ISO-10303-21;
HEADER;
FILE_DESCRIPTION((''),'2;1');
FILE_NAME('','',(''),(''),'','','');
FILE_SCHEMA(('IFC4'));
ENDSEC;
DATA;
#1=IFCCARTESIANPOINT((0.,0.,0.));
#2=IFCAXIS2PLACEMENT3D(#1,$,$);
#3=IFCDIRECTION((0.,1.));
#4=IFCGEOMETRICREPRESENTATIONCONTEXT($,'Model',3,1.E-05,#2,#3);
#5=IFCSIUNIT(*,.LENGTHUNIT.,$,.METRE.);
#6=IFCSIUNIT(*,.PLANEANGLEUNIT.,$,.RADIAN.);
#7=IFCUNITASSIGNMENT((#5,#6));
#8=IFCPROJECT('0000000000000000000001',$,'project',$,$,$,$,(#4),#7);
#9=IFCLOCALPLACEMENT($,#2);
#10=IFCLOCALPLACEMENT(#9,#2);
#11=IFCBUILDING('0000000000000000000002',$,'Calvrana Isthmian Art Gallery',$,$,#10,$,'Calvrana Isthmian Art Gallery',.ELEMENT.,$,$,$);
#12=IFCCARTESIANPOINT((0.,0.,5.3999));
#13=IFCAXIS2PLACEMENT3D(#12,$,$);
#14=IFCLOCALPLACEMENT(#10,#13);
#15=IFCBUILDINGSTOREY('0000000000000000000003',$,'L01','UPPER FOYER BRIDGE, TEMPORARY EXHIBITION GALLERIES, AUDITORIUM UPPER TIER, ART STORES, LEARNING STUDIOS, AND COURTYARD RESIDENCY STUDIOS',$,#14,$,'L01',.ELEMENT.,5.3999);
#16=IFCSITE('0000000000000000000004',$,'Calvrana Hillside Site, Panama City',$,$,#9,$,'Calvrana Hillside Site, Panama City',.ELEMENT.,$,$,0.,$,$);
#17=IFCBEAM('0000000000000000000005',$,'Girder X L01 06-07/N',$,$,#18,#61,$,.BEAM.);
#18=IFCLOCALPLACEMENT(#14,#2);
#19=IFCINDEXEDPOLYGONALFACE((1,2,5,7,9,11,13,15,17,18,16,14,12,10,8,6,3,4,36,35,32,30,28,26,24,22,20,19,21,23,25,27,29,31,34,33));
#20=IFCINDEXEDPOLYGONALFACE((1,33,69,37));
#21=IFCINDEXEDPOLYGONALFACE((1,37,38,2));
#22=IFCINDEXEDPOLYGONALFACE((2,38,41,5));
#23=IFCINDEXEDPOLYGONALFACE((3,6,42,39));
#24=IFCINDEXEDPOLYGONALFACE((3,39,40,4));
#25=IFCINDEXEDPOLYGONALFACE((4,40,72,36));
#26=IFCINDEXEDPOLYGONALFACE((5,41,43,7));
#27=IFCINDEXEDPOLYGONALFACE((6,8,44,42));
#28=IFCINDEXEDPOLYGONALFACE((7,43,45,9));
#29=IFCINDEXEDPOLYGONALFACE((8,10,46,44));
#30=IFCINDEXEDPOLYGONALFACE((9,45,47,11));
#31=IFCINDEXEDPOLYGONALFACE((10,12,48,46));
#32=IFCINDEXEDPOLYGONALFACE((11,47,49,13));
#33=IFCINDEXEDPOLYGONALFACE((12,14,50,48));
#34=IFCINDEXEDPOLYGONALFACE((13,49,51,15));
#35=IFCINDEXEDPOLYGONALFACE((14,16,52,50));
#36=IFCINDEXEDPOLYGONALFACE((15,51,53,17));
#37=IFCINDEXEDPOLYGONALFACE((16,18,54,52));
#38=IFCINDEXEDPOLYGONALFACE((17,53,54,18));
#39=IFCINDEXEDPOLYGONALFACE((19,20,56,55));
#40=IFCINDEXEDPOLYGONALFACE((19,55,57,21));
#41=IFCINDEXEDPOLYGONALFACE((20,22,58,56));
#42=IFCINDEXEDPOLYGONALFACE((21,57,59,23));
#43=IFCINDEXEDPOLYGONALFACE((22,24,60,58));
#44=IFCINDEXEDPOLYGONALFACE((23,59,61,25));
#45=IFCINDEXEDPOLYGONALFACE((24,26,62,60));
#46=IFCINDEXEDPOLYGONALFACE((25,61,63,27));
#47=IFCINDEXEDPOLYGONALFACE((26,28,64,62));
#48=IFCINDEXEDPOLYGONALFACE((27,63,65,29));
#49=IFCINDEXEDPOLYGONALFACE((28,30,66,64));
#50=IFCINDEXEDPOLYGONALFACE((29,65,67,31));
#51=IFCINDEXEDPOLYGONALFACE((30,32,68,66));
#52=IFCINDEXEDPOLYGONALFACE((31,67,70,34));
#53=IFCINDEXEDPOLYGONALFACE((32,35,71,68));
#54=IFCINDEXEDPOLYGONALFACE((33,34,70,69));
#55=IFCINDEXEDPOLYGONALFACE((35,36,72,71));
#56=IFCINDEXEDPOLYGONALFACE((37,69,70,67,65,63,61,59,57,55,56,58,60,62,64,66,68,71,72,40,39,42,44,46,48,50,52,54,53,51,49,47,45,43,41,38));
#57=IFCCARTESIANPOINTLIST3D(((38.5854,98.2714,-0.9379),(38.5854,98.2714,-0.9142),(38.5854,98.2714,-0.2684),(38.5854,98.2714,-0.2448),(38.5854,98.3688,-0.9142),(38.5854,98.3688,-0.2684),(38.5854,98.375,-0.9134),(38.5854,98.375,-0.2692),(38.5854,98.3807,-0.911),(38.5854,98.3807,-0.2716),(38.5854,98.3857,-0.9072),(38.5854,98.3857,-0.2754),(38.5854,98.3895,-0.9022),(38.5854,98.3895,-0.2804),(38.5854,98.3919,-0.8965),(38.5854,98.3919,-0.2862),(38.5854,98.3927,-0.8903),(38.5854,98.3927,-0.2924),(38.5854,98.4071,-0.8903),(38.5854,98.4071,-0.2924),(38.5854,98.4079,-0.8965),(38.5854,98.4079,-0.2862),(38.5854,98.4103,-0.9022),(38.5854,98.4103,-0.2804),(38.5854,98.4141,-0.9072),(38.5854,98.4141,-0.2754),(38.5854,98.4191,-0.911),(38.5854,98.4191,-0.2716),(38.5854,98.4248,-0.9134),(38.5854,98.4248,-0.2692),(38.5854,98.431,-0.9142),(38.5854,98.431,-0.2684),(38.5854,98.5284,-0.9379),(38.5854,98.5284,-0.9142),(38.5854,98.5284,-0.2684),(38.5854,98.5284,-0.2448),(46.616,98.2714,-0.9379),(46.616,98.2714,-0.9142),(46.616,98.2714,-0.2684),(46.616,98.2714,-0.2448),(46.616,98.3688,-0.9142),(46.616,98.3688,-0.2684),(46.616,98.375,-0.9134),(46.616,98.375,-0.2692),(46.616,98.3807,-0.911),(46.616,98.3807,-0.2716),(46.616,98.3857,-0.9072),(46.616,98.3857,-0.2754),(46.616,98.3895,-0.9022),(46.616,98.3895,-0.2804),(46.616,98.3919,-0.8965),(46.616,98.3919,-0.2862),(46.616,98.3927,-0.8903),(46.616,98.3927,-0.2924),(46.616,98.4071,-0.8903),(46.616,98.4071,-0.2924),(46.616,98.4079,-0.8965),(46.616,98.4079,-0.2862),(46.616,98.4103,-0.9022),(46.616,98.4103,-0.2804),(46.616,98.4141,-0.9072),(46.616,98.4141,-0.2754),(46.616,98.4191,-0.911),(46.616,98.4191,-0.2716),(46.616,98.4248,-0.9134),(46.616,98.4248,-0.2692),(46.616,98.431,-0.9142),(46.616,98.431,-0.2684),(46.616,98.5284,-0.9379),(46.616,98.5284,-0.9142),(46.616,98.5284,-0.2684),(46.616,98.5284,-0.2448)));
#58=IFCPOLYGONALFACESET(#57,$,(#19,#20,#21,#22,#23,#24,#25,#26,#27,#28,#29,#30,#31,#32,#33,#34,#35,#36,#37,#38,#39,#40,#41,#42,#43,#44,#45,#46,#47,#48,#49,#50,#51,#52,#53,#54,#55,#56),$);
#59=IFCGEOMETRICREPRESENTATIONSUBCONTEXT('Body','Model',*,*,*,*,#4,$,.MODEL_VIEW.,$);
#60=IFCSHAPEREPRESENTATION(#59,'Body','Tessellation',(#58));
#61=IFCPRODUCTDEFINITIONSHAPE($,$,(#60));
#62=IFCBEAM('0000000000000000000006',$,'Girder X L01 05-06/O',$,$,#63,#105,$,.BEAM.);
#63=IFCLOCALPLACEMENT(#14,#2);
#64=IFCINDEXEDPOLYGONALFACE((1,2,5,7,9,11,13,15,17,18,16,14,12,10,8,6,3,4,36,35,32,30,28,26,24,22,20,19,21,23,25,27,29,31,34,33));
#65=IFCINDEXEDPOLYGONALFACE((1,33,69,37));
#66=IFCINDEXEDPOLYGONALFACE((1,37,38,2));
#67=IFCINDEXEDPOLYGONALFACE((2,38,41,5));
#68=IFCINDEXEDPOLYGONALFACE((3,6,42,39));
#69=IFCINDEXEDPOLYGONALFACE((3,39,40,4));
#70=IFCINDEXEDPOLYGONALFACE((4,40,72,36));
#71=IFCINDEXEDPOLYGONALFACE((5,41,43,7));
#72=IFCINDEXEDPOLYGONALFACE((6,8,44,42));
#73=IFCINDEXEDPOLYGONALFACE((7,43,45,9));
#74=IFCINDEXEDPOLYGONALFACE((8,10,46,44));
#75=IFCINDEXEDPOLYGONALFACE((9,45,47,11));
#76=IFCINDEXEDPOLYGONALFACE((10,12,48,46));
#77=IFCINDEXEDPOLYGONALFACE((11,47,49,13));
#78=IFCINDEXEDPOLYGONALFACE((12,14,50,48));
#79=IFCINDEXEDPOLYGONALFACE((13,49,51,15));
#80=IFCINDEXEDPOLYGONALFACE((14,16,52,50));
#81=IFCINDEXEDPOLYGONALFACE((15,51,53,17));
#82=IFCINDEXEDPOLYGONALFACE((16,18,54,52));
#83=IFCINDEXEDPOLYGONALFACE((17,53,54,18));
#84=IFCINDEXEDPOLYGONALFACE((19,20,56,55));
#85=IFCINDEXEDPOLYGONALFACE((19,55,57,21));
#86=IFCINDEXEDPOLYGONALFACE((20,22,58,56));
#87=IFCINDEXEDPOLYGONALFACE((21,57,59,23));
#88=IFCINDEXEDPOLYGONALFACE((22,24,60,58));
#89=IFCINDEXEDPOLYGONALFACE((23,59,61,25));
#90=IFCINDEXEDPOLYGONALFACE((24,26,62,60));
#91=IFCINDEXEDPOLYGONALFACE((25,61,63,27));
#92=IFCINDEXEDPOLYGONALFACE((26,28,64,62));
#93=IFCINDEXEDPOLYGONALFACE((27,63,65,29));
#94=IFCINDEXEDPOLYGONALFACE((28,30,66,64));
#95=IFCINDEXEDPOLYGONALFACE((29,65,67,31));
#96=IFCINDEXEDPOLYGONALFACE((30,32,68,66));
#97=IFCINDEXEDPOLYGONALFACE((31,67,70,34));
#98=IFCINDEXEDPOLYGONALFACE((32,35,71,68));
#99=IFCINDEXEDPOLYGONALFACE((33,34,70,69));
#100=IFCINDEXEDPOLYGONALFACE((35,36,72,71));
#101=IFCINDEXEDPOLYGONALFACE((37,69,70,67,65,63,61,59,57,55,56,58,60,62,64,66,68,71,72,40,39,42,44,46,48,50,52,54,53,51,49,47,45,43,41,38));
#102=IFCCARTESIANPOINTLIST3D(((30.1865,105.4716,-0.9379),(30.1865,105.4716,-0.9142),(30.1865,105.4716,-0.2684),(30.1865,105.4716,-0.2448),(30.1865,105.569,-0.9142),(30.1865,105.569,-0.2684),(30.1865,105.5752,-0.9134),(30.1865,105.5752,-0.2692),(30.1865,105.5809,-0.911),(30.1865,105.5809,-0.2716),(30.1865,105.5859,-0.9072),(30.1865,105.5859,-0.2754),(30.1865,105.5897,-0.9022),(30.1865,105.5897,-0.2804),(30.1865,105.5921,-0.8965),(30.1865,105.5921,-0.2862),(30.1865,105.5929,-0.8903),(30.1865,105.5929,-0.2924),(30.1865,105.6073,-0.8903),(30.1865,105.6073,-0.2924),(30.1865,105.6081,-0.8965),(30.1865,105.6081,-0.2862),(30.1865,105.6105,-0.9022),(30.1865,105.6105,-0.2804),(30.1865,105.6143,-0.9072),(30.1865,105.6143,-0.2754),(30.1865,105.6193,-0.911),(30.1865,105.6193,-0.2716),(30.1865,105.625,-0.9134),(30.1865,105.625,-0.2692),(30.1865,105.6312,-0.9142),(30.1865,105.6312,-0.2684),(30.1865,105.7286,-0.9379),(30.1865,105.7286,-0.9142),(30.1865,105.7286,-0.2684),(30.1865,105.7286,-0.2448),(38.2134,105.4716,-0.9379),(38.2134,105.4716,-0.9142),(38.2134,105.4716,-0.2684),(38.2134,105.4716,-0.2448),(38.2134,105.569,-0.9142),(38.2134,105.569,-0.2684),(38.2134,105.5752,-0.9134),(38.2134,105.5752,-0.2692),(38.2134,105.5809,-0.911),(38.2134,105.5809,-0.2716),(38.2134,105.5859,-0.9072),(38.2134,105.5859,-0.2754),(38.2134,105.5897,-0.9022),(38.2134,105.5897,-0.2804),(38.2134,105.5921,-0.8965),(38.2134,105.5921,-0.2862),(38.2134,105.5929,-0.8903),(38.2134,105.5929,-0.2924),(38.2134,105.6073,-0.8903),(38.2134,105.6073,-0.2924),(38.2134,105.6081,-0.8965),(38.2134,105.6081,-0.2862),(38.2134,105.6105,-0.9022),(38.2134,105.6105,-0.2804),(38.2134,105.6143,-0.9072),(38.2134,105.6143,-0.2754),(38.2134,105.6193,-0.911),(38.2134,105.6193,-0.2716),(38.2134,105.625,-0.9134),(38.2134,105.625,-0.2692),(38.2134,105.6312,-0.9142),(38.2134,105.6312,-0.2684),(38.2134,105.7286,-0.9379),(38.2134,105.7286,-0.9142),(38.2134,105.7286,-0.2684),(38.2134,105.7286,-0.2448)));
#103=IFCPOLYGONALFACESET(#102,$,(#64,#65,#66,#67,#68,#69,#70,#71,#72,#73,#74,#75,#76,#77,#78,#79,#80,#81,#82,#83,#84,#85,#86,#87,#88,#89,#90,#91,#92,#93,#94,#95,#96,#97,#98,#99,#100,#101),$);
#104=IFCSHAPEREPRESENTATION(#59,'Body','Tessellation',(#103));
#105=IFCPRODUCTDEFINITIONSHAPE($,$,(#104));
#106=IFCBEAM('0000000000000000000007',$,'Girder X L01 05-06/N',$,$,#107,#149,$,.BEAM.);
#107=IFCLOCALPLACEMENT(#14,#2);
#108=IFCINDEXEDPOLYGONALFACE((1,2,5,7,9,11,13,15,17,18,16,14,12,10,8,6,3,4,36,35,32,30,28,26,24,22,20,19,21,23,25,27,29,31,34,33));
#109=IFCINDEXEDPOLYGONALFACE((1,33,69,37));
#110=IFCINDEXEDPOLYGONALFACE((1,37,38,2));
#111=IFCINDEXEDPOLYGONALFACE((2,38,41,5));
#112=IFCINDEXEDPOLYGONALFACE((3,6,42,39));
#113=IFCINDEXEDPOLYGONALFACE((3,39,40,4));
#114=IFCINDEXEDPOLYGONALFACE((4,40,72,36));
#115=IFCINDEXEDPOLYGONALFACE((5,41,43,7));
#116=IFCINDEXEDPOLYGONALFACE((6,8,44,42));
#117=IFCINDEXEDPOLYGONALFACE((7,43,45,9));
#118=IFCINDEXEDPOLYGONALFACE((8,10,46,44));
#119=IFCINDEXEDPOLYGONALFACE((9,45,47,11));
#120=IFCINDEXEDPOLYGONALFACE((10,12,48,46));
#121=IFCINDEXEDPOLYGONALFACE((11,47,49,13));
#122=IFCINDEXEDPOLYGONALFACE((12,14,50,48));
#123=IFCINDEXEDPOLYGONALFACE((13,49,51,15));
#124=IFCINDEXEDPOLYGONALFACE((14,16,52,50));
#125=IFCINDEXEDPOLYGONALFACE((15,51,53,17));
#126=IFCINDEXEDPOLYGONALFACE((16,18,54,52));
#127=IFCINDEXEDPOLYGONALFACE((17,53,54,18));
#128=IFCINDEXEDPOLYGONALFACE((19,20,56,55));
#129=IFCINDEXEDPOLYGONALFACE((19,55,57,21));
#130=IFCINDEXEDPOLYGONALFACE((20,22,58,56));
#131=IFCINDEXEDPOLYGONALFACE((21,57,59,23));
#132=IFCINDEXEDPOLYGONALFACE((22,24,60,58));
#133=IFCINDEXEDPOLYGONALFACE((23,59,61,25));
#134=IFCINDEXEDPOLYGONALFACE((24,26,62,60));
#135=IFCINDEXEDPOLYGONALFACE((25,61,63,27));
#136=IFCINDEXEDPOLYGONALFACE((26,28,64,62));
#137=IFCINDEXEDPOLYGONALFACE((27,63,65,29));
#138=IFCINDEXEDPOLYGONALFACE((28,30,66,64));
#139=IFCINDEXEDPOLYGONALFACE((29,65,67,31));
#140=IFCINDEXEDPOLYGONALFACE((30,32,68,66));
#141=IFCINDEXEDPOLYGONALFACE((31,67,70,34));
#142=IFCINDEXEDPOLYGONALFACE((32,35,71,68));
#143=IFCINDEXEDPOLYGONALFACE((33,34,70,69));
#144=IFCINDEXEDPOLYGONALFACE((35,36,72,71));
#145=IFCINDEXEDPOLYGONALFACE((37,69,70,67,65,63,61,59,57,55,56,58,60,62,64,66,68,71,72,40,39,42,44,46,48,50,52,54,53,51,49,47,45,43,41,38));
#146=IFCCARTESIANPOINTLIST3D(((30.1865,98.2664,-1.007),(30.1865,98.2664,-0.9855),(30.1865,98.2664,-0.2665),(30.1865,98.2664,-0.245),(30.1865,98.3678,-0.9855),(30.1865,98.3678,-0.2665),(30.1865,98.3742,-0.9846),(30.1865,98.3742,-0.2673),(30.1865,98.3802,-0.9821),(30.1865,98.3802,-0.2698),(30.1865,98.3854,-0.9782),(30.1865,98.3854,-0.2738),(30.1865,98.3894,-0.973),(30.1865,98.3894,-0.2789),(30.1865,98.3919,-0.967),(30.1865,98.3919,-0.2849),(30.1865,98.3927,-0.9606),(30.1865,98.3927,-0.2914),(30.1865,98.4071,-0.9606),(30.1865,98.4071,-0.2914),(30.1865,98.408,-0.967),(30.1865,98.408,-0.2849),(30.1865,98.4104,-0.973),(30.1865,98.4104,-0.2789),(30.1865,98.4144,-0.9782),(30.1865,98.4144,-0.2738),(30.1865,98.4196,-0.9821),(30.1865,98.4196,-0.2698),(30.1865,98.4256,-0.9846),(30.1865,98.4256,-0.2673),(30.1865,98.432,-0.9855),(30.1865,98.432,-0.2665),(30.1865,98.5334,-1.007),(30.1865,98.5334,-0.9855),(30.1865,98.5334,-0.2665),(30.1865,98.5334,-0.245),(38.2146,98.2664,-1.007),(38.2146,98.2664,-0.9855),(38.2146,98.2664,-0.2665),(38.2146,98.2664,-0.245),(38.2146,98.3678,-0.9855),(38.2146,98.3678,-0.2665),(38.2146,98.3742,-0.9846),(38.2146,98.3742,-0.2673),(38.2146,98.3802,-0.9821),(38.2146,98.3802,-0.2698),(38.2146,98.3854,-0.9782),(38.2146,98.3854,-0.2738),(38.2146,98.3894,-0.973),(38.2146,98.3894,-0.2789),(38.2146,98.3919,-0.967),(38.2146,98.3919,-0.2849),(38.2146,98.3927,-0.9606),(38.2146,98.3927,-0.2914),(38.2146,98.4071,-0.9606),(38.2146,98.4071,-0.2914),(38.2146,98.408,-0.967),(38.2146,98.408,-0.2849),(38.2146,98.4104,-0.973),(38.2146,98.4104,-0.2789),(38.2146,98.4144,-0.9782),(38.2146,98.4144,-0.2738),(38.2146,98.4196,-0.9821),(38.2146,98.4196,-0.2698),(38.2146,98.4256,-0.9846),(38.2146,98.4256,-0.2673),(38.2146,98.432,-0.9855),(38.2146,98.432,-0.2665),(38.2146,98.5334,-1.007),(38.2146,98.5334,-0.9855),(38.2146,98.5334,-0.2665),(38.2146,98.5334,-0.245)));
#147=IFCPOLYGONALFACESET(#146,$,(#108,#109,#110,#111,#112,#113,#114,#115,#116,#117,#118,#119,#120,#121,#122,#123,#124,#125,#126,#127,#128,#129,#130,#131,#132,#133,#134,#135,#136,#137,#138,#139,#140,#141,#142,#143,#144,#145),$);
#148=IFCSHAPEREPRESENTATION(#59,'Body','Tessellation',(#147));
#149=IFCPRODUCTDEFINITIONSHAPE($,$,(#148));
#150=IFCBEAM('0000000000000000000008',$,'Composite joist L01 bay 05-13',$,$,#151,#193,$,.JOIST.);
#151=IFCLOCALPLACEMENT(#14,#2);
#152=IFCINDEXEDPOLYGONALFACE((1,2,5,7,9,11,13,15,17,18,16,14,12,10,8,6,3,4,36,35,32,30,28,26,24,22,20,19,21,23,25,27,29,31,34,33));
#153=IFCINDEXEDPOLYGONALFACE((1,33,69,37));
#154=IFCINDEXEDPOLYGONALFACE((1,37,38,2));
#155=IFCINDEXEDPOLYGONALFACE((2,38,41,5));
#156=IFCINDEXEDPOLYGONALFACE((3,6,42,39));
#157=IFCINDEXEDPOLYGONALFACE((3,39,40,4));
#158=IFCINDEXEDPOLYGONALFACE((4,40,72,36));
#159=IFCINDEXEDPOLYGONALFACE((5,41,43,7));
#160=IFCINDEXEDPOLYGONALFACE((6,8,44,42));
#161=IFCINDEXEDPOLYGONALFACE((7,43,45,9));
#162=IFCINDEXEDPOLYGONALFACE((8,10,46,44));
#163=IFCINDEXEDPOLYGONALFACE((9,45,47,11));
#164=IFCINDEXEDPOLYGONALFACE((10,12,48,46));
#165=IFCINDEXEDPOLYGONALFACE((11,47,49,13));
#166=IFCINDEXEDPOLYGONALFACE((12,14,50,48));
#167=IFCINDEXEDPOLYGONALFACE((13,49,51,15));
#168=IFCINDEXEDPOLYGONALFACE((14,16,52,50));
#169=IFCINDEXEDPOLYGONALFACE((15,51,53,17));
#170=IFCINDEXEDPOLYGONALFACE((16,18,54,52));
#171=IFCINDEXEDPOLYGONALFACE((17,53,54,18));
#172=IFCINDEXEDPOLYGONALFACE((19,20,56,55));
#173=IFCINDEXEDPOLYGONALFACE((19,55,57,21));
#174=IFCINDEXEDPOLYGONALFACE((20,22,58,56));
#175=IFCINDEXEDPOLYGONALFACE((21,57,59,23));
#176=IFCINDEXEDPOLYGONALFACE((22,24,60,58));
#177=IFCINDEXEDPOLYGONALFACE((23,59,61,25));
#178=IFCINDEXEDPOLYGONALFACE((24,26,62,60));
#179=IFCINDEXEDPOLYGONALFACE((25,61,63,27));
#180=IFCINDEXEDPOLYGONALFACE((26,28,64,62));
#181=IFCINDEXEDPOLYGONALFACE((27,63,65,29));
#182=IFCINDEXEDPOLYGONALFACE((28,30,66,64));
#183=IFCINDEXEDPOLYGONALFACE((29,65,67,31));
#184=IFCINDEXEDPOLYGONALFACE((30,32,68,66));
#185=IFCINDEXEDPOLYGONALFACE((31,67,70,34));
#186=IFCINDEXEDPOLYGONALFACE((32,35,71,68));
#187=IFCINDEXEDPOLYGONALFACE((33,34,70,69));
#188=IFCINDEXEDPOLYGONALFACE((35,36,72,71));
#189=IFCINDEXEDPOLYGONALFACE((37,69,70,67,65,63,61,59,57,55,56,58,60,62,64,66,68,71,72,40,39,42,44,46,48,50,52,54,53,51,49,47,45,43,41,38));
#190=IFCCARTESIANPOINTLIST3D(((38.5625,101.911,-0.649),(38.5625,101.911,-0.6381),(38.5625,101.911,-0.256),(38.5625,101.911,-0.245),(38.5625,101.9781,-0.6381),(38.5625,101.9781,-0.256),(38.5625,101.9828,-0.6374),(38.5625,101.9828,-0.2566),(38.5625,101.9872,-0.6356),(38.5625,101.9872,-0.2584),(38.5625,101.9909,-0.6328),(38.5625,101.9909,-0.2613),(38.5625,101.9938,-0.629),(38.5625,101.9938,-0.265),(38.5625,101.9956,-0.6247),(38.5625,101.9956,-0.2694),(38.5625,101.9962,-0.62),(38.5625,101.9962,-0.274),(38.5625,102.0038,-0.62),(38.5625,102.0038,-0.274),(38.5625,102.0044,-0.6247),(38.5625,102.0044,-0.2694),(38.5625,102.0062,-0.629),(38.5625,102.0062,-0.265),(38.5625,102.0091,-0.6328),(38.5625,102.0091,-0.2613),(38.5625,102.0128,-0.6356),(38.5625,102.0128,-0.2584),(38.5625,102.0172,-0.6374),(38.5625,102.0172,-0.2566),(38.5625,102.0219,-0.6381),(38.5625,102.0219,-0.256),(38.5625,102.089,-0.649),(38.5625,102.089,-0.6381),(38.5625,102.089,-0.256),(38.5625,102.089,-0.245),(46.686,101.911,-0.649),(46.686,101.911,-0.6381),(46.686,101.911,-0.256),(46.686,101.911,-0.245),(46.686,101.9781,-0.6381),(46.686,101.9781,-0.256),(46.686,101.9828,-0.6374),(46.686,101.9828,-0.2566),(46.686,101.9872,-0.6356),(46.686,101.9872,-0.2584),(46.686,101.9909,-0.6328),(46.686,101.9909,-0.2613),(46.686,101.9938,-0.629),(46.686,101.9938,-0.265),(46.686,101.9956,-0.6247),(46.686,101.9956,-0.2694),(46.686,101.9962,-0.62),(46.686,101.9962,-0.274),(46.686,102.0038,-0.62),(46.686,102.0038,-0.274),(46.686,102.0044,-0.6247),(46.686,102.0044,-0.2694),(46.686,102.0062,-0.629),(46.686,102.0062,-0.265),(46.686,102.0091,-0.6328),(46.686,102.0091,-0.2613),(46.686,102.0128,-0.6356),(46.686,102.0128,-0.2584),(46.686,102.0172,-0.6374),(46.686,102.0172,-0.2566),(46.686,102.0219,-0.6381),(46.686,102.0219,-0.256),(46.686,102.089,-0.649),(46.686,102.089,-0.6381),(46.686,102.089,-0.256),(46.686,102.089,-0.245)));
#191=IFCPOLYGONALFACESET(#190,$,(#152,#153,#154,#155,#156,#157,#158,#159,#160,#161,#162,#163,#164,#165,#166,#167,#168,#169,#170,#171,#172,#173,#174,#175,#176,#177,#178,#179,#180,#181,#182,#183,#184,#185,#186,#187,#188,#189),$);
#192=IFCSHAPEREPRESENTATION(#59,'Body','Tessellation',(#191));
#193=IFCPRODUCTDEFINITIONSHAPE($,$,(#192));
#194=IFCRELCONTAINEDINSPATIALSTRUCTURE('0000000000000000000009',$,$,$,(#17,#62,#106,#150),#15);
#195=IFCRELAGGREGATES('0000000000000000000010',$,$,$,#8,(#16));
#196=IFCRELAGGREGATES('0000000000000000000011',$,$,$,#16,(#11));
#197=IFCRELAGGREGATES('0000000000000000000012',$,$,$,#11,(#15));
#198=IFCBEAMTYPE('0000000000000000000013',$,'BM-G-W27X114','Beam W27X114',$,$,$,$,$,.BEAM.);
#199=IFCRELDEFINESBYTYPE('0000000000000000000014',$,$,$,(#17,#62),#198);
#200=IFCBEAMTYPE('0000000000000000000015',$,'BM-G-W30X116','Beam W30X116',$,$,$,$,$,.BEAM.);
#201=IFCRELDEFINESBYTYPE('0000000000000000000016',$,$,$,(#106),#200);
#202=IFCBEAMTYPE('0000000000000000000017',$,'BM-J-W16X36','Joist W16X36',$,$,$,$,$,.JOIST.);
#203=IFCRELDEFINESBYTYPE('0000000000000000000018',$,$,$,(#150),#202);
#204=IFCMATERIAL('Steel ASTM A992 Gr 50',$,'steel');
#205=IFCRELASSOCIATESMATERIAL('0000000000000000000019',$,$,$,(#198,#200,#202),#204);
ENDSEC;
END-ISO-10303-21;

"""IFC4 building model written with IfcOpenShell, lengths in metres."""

from ifc_helpers import new_model, si_unit, direction, frame, origin, origin_2d, place, context, subcontext, project, spatial, i_section, extrude, material, material_profile, profile_set, type_object, element, save


model = new_model("IFC4")

# Units and contexts
model_context = context("Model", 3, precision=1e-05, world=origin(), true_north=direction((0.0, 1.0)))
body_context = subcontext(model_context, "Body", "Model", "MODEL_VIEW")
ifc_project = project(units=[si_unit("LENGTHUNIT", "METRE"), si_unit("PLANEANGLEUNIT", "RADIAN")], contexts=[model_context])

# Site, building, storey
site_placement = place(None, origin())
site = spatial("IfcSite", under=ifc_project, at=site_placement, Name="Calvrana Hillside Site, Panama City", LongName="Calvrana Hillside Site, Panama City", CompositionType="ELEMENT", RefElevation=0.0)
building_placement = place(site_placement, origin())
building = spatial("IfcBuilding", under=site, at=building_placement, Name="Calvrana Isthmian Art Gallery", LongName="Calvrana Isthmian Art Gallery", CompositionType="ELEMENT")
storey_placement = place(building_placement, frame((0.0, 0.0, 5.3999)))
storey = spatial("IfcBuildingStorey", under=building, at=storey_placement, Name="L01", Description="UPPER FOYER BRIDGE, TEMPORARY EXHIBITION GALLERIES, AUDITORIUM UPPER TIER, ART STORES, LEARNING STUDIOS, AND COURTYARD RESIDENCY STUDIOS", LongName="L01", CompositionType="ELEMENT", Elevation=5.3999)

# Shared definitions
ifc_material_1 = material(Name="Steel ASTM A992 Gr 50", Category="steel")

# Beams
ifc_material_profile_1 = material_profile(ifc_material_1, i_section(OverallWidth=0.2571, OverallDepth=0.6931, WebThickness=0.0144, FlangeThickness=0.0237, FilletRadius=0.0239, at=origin_2d()), Name="W27X114")
ifc_profile_set_1 = profile_set([ifc_material_profile_1], Name="Steel ASTM A992 Gr 50")
beam_type_1 = type_object("IfcBeamType", Name="BM-G-W27X114", Description="Beam W27X114", PredefinedType="BEAM", material=ifc_profile_set_1)
beam_1_placement = place(storey_placement, frame((38.5854, 98.3999, -0.5913), z_axis=(1.0, 0.0, 0.0), x_axis=(0.0, 1.0, 0.0)))
element("IfcBeam", 1, at=beam_1_placement, inside=storey, type_object=beam_type_1, Name="Girder X L01 06-07/N", PredefinedType="BEAM", context=body_context, shape_type="SweptSolid", body=[
    extrude(i_section(OverallWidth=0.2571, OverallDepth=0.6931, WebThickness=0.0144, FlangeThickness=0.0237, FilletRadius=0.0239, at=origin_2d()), origin(), (0.0, 0.0, 1.0), 8.0305),
])
beam_2_placement = place(storey_placement, frame((30.1865, 105.6001, -0.5913), z_axis=(1.0, 0.0, 0.0), x_axis=(0.0, 1.0, 0.0)))
element("IfcBeam", 2, at=beam_2_placement, inside=storey, type_object=beam_type_1, Name="Girder X L01 05-06/O", PredefinedType="BEAM", context=body_context, shape_type="SweptSolid", body=[
    extrude(i_section(OverallWidth=0.2571, OverallDepth=0.6931, WebThickness=0.0144, FlangeThickness=0.0237, FilletRadius=0.0239, at=origin_2d()), origin(), (0.0, 0.0, 1.0), 8.0269),
])
ifc_material_profile_2 = material_profile(ifc_material_1, i_section(OverallWidth=0.2671, OverallDepth=0.762, WebThickness=0.0144, FlangeThickness=0.0215, FilletRadius=0.0249, at=origin_2d()), Name="W30X116")
ifc_profile_set_2 = profile_set([ifc_material_profile_2], Name="Steel ASTM A992 Gr 50")
beam_type_2 = type_object("IfcBeamType", Name="BM-G-W30X116", Description="Beam W30X116", PredefinedType="BEAM", material=ifc_profile_set_2)
beam_3_placement = place(storey_placement, frame((30.1865, 98.3999, -0.626), z_axis=(1.0, 0.0, 0.0), x_axis=(0.0, 1.0, 0.0)))
element("IfcBeam", 3, at=beam_3_placement, inside=storey, type_object=beam_type_2, Name="Girder X L01 05-06/N", PredefinedType="BEAM", context=body_context, shape_type="SweptSolid", body=[
    extrude(i_section(OverallWidth=0.2671, OverallDepth=0.762, WebThickness=0.0144, FlangeThickness=0.0215, FilletRadius=0.0249, at=origin_2d()), origin(), (0.0, 0.0, 1.0), 8.0281),
])
ifc_material_profile_3 = material_profile(ifc_material_1, i_section(OverallWidth=0.178, OverallDepth=0.4041, WebThickness=0.0076, FlangeThickness=0.011, FilletRadius=0.0181, at=origin_2d()), Name="W16X36")
ifc_profile_set_3 = profile_set([ifc_material_profile_3], Name="Steel ASTM A992 Gr 50")
beam_type_3 = type_object("IfcBeamType", Name="BM-J-W16X36", Description="Joist W16X36", PredefinedType="JOIST", material=ifc_profile_set_3)
beam_4_placement = place(storey_placement, frame((38.5625, 102.0, -0.447), z_axis=(1.0, 0.0, 0.0), x_axis=(0.0, 1.0, 0.0)))
element("IfcBeam", 4, at=beam_4_placement, inside=storey, type_object=beam_type_3, Name="Composite joist L01 bay 05-13", PredefinedType="JOIST", context=body_context, shape_type="SweptSolid", body=[
    extrude(i_section(OverallWidth=0.178, OverallDepth=0.4041, WebThickness=0.0076, FlangeThickness=0.011, FilletRadius=0.0181, at=origin_2d()), origin(), (0.0, 0.0, 1.0), 8.1235),
])

save(model, "model.ifc")
